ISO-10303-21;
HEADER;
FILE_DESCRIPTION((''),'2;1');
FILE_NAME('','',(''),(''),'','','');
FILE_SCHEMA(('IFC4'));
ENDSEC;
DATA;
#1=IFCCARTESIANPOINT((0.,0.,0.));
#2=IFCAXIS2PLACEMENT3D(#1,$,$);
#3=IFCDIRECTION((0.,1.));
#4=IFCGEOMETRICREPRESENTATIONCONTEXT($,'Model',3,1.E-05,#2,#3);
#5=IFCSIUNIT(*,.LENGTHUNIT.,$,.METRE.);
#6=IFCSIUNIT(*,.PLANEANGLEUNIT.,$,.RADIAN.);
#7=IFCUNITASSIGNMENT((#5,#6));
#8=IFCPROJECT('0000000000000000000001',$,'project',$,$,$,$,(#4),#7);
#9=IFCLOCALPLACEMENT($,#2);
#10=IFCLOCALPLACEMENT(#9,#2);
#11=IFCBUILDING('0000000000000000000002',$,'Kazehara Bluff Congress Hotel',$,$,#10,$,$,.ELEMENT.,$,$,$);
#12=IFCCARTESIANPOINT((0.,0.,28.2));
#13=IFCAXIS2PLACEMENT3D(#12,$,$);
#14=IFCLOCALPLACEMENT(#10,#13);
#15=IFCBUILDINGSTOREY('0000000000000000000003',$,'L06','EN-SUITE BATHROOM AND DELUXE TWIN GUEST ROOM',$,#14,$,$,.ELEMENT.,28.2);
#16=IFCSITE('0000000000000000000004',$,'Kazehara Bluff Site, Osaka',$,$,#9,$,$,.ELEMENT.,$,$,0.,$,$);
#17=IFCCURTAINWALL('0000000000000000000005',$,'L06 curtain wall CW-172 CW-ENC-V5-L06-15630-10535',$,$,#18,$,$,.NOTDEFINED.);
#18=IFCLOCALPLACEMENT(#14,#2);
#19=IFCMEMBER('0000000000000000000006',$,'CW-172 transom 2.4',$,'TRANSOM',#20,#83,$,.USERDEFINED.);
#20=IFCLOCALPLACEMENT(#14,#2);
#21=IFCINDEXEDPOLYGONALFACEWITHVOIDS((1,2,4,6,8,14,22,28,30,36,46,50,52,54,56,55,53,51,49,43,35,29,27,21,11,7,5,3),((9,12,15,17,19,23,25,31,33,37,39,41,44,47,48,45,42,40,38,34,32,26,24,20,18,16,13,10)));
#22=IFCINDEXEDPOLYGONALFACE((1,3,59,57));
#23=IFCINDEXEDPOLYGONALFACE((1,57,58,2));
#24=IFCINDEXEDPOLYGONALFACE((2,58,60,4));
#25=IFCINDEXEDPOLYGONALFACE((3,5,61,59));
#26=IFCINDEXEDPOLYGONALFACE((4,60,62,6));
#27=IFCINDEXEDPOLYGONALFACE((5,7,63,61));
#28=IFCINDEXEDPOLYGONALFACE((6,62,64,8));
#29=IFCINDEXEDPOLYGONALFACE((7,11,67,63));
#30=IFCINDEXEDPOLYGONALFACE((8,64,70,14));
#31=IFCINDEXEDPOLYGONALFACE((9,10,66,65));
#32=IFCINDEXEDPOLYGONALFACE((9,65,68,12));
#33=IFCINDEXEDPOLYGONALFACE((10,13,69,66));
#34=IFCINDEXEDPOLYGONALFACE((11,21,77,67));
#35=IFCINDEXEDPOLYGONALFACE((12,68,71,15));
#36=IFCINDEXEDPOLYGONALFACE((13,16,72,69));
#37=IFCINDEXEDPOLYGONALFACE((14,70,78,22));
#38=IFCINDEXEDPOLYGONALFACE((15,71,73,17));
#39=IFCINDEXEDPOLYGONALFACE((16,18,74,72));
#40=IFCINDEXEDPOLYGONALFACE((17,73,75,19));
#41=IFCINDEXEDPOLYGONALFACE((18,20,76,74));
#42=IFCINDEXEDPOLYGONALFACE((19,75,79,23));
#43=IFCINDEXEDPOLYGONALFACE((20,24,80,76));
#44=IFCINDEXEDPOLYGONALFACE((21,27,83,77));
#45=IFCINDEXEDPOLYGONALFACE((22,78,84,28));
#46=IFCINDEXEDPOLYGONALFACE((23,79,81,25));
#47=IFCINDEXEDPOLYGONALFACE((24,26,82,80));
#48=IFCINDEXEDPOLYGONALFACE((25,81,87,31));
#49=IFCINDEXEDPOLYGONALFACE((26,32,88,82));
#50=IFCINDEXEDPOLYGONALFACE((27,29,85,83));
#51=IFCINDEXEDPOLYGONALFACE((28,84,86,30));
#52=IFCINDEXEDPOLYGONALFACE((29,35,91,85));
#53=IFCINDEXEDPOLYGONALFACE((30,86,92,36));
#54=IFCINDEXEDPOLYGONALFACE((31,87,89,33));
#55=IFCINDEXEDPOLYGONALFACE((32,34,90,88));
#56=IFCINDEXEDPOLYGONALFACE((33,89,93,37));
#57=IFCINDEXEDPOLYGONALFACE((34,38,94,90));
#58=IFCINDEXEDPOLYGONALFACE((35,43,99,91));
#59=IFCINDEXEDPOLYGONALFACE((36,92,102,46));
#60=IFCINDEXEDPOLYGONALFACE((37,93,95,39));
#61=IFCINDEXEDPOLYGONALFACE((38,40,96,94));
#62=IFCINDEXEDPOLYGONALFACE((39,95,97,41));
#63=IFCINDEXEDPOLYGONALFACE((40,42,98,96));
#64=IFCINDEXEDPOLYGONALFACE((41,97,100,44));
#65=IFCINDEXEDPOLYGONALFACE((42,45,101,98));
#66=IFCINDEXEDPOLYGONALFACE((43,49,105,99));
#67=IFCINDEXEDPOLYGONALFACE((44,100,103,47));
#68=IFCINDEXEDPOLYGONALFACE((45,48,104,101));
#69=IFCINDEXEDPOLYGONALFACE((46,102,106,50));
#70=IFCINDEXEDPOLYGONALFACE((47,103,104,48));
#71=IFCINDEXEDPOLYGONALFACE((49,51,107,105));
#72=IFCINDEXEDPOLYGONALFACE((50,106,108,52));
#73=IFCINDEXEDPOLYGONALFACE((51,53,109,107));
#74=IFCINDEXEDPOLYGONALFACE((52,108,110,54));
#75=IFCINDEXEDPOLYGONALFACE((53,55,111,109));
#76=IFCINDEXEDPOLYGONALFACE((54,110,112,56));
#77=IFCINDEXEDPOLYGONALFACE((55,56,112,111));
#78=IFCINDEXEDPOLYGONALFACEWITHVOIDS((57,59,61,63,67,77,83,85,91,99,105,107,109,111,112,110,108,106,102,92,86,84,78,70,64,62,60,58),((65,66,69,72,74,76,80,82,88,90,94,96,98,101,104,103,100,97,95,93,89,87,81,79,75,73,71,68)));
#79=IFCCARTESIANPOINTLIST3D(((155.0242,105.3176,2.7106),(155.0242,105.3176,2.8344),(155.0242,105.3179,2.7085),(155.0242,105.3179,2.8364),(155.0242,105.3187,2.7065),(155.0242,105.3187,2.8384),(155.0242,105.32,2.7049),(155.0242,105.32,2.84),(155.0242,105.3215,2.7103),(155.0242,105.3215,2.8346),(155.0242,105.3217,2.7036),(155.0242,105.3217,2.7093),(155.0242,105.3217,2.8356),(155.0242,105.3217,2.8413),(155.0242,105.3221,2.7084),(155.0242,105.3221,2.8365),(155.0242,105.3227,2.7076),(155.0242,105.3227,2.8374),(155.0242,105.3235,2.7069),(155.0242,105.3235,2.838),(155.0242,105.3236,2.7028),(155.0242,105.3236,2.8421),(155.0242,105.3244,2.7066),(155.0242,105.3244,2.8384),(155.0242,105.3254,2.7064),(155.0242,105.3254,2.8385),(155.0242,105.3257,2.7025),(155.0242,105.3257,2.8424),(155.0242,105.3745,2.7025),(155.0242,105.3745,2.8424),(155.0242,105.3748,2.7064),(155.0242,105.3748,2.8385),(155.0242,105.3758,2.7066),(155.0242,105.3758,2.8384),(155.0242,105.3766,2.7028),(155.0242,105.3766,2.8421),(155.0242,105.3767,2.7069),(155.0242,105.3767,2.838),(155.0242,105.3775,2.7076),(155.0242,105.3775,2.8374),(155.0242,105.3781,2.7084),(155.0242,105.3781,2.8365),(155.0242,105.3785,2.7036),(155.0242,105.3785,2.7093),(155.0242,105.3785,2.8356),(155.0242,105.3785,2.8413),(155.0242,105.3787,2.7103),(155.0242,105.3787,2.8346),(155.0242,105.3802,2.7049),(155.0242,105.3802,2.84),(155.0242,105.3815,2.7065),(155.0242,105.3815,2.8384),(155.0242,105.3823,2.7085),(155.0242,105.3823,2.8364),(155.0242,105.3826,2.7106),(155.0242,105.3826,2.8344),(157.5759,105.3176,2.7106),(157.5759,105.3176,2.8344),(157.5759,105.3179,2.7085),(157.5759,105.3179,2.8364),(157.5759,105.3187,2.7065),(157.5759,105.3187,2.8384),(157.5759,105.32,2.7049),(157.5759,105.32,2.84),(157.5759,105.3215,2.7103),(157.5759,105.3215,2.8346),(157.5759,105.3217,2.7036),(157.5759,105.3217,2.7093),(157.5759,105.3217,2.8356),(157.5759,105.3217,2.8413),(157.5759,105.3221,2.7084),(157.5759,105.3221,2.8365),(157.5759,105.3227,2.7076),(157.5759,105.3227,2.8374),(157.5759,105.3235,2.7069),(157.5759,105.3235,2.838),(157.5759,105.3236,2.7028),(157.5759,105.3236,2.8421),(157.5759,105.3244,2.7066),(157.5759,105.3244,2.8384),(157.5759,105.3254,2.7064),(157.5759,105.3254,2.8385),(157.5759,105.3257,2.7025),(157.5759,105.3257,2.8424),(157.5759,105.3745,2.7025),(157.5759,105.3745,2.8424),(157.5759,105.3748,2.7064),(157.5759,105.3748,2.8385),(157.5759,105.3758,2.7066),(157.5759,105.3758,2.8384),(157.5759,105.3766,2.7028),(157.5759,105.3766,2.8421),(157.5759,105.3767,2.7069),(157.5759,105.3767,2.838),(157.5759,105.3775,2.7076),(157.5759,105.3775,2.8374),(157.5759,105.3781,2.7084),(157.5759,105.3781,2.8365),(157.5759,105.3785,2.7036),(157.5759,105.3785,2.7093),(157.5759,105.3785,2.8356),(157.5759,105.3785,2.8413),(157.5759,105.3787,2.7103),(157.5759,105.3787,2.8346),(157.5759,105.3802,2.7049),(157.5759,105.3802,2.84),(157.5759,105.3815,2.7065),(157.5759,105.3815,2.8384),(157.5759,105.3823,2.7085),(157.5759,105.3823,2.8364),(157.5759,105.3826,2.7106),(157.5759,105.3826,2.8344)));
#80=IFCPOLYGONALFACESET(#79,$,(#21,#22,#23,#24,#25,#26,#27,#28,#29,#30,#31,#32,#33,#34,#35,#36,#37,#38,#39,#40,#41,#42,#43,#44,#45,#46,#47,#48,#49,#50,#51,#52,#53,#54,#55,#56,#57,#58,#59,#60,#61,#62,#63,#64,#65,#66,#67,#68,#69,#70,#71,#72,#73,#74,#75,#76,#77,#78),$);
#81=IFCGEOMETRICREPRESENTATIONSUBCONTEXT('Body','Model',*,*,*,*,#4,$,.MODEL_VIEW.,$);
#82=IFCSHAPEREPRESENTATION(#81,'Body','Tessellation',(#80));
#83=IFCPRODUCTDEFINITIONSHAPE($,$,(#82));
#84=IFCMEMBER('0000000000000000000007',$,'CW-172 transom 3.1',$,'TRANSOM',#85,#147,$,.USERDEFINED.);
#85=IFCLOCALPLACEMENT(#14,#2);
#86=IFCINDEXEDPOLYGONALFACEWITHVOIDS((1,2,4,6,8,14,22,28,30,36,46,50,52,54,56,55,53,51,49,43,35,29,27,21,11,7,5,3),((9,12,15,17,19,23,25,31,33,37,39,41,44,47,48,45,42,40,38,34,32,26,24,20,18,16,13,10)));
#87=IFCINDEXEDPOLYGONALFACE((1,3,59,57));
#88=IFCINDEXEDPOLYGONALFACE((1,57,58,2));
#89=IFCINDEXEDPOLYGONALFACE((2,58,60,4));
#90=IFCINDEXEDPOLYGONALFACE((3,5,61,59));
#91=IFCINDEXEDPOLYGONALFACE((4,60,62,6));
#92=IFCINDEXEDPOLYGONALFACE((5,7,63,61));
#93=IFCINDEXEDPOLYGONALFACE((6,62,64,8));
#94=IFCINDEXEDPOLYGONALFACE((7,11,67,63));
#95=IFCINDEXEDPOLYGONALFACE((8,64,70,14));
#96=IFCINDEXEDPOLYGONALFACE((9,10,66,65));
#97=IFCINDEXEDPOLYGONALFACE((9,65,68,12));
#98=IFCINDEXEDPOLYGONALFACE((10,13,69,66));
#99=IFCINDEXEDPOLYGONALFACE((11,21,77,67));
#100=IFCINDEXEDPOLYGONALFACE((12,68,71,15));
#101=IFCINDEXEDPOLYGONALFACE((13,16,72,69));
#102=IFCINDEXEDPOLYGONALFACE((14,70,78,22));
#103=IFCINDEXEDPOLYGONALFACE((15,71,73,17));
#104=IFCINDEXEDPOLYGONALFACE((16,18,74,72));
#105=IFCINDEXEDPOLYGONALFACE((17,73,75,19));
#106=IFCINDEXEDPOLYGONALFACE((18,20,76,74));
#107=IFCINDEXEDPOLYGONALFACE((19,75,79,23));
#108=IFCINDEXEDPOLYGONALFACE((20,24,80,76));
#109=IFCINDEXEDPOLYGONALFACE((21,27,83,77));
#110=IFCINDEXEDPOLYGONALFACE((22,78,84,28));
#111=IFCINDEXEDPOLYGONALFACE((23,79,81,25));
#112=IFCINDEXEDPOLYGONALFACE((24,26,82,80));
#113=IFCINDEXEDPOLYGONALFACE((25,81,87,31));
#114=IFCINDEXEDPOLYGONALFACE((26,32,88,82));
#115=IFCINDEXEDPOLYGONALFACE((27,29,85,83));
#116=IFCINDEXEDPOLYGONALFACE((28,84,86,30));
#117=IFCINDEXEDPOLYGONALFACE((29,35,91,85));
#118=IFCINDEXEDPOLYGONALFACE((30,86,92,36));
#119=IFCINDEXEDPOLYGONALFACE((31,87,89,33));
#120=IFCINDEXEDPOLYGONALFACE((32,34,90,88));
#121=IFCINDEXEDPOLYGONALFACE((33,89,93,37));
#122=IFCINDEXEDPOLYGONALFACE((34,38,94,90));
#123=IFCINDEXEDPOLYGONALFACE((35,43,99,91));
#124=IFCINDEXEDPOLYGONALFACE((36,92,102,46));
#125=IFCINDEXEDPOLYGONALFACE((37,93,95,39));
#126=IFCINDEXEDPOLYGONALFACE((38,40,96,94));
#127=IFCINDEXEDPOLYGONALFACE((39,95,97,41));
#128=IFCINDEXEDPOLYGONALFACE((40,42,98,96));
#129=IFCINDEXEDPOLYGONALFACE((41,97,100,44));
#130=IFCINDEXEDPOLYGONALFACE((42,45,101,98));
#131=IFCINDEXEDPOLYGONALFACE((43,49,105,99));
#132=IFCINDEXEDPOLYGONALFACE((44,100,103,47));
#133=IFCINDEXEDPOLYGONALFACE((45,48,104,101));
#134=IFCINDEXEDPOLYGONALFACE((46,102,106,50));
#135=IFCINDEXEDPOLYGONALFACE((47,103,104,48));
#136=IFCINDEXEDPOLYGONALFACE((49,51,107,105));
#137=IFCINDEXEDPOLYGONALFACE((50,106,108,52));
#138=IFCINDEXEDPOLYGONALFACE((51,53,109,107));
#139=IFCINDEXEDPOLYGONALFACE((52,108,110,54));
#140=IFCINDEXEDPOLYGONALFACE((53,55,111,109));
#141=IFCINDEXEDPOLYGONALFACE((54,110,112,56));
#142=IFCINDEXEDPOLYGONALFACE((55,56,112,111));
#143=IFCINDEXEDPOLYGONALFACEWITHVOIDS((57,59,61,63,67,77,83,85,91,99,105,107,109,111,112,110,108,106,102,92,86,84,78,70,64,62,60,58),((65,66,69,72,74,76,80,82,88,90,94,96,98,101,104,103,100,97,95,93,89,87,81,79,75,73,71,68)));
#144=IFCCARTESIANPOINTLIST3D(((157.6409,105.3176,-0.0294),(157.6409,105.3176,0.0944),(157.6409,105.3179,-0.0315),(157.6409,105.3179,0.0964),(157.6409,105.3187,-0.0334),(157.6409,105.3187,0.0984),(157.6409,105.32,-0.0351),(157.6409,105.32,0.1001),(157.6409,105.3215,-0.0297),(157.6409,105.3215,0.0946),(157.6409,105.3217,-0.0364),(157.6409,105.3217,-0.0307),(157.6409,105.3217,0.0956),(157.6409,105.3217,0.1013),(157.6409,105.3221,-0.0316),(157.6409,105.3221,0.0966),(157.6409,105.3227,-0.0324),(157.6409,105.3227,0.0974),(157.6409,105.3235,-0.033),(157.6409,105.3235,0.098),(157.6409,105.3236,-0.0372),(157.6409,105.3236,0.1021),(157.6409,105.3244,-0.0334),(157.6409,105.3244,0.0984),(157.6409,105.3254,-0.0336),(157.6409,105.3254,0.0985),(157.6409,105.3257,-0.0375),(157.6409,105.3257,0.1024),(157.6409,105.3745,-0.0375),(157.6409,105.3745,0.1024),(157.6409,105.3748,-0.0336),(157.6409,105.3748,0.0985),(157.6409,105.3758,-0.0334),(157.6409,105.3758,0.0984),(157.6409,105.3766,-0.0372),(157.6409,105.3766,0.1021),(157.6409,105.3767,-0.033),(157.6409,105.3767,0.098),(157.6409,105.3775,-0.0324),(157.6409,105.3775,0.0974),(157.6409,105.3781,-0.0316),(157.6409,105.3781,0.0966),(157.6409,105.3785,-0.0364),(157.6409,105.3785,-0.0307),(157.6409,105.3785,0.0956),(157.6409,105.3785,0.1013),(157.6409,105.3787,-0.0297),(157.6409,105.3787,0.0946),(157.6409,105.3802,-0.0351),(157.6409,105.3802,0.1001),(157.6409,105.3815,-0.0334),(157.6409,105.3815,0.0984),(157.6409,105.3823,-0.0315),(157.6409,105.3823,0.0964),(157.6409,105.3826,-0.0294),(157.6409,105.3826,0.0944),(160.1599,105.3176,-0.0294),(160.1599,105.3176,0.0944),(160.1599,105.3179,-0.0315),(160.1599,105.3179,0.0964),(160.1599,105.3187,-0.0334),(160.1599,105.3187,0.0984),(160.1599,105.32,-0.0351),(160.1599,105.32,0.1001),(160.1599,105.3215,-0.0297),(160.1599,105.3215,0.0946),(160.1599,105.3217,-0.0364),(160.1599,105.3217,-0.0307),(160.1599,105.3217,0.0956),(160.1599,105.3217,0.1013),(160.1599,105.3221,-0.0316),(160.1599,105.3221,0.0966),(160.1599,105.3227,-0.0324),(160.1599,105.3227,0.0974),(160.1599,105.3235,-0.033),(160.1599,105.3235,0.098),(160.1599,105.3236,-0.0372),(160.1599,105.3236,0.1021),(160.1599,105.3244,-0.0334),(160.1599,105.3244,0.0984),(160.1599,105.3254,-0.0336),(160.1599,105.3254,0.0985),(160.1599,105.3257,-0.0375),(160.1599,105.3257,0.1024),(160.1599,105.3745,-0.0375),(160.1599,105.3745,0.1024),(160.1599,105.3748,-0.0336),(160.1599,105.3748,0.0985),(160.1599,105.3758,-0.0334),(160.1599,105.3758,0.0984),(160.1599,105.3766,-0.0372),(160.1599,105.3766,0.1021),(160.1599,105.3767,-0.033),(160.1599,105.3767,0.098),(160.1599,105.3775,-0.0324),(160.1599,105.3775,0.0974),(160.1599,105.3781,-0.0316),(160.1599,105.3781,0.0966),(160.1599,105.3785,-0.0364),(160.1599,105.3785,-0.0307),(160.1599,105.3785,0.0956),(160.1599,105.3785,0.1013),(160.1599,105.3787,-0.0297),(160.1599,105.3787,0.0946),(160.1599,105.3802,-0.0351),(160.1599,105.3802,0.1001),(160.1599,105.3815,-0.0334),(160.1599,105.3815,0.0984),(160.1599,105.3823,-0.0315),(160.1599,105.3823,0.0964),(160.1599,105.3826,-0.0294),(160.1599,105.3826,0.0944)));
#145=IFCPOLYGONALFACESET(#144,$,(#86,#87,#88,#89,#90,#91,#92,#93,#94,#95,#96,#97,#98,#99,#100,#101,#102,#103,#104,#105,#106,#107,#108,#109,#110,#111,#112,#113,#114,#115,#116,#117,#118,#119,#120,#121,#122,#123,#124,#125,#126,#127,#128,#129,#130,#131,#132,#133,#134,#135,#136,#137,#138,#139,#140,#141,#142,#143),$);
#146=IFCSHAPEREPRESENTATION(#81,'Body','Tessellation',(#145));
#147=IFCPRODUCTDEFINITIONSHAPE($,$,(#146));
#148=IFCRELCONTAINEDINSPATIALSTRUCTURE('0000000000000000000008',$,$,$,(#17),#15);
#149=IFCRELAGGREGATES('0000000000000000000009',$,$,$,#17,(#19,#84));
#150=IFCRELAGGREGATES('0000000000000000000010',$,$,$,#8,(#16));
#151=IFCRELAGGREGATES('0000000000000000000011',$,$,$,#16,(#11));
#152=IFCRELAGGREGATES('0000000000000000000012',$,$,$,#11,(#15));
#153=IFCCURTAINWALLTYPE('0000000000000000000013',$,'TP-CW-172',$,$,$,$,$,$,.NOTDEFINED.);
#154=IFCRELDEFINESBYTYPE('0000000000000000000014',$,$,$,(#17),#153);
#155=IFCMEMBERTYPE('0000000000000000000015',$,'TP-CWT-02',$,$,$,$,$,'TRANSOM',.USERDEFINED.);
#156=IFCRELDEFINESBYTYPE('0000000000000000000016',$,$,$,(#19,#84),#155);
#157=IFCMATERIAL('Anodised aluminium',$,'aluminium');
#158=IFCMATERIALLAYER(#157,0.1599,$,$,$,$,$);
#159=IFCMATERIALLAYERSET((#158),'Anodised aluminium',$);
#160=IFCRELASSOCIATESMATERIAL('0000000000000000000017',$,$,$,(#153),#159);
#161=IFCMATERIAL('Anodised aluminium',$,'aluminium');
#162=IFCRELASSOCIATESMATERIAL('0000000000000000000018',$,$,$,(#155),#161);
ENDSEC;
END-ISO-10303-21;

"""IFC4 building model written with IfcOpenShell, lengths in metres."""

from ifc_helpers import new_model, si_unit, direction, frame, origin, origin_2d, place, context, subcontext, project, spatial, hollow_rectangle, extrude, material, layer, layer_set, material_profile, profile_set, type_object, element, aggregate, save


model = new_model("IFC4")

# Units and contexts
model_context = context("Model", 3, precision=1e-05, world=origin(), true_north=direction((0.0, 1.0)))
body_context = subcontext(model_context, "Body", "Model", "MODEL_VIEW")
ifc_project = project(units=[si_unit("LENGTHUNIT", "METRE"), si_unit("PLANEANGLEUNIT", "RADIAN")], contexts=[model_context])

# Site, building, storey
site_placement = place(None, origin())
site = spatial("IfcSite", under=ifc_project, at=site_placement, Name="Kazehara Bluff Site, Osaka", CompositionType="ELEMENT", RefElevation=0.0)
building_placement = place(site_placement, origin())
building = spatial("IfcBuilding", under=site, at=building_placement, Name="Kazehara Bluff Congress Hotel", CompositionType="ELEMENT")
storey_placement = place(building_placement, frame((0.0, 0.0, 28.2)))
storey = spatial("IfcBuildingStorey", under=building, at=storey_placement, Name="L06", Description="EN-SUITE BATHROOM AND DELUXE TWIN GUEST ROOM", CompositionType="ELEMENT", Elevation=28.2)

# Curtain wall, members
ifc_material_1 = material(Name="Anodised aluminium", Category="aluminium")
ifc_layer_1 = layer(ifc_material_1, 0.1599)
ifc_layer_set_1 = layer_set([ifc_layer_1], Name="Anodised aluminium")
curtain_wall_type = type_object("IfcCurtainWallType", Name="TP-CW-172", PredefinedType="NOTDEFINED", material=ifc_layer_set_1)
curtain_wall_placement = place(storey_placement, origin())
curtain_wall = element("IfcCurtainWall", 1, at=curtain_wall_placement, inside=storey, type_object=curtain_wall_type, Name="L06 curtain wall CW-172 CW-ENC-V5-L06-15630-10535", PredefinedType="NOTDEFINED")
ifc_material_2 = material(Name="Anodised aluminium", Category="aluminium")
ifc_material_profile_1 = material_profile(ifc_material_2, hollow_rectangle(XDim=0.0649, YDim=0.1399, WallThickness=0.0039, InnerFilletRadius=0.0039, OuterFilletRadius=0.0081, at=origin_2d()))
ifc_profile_set_1 = profile_set([ifc_material_profile_1], Name="Anodised aluminium")
member_type_1 = type_object("IfcMemberType", Name="TP-CWT-02", ElementType="TRANSOM", PredefinedType="USERDEFINED", material=ifc_profile_set_1)
member_1_placement = place(storey_placement, frame((155.0242, 105.3501, 2.7725), z_axis=(1.0, 0.0, 0.0), x_axis=(0.0, 1.0, 0.0)))
member_1 = element("IfcMember", 2, at=member_1_placement, type_object=member_type_1, Name="CW-172 transom 2.4", ObjectType="TRANSOM", PredefinedType="USERDEFINED", context=body_context, shape_type="SweptSolid", body=[
    extrude(hollow_rectangle(XDim=0.0649, YDim=0.1399, WallThickness=0.0039, InnerFilletRadius=0.0039, OuterFilletRadius=0.0081, at=origin_2d()), origin(), (0.0, 0.0, 1.0), 2.5518),
])
member_2_placement = place(storey_placement, frame((157.6409, 105.3501, 0.0325), z_axis=(1.0, 0.0, 0.0), x_axis=(0.0, 1.0, 0.0)))
member_2 = element("IfcMember", 3, at=member_2_placement, type_object=member_type_1, Name="CW-172 transom 3.1", ObjectType="TRANSOM", PredefinedType="USERDEFINED", context=body_context, shape_type="SweptSolid", body=[
    extrude(hollow_rectangle(XDim=0.0649, YDim=0.1399, WallThickness=0.0039, InnerFilletRadius=0.0039, OuterFilletRadius=0.0081, at=origin_2d()), origin(), (0.0, 0.0, 1.0), 2.519),
])
aggregate(curtain_wall, [member_1, member_2])

save(model, "model.ifc")
